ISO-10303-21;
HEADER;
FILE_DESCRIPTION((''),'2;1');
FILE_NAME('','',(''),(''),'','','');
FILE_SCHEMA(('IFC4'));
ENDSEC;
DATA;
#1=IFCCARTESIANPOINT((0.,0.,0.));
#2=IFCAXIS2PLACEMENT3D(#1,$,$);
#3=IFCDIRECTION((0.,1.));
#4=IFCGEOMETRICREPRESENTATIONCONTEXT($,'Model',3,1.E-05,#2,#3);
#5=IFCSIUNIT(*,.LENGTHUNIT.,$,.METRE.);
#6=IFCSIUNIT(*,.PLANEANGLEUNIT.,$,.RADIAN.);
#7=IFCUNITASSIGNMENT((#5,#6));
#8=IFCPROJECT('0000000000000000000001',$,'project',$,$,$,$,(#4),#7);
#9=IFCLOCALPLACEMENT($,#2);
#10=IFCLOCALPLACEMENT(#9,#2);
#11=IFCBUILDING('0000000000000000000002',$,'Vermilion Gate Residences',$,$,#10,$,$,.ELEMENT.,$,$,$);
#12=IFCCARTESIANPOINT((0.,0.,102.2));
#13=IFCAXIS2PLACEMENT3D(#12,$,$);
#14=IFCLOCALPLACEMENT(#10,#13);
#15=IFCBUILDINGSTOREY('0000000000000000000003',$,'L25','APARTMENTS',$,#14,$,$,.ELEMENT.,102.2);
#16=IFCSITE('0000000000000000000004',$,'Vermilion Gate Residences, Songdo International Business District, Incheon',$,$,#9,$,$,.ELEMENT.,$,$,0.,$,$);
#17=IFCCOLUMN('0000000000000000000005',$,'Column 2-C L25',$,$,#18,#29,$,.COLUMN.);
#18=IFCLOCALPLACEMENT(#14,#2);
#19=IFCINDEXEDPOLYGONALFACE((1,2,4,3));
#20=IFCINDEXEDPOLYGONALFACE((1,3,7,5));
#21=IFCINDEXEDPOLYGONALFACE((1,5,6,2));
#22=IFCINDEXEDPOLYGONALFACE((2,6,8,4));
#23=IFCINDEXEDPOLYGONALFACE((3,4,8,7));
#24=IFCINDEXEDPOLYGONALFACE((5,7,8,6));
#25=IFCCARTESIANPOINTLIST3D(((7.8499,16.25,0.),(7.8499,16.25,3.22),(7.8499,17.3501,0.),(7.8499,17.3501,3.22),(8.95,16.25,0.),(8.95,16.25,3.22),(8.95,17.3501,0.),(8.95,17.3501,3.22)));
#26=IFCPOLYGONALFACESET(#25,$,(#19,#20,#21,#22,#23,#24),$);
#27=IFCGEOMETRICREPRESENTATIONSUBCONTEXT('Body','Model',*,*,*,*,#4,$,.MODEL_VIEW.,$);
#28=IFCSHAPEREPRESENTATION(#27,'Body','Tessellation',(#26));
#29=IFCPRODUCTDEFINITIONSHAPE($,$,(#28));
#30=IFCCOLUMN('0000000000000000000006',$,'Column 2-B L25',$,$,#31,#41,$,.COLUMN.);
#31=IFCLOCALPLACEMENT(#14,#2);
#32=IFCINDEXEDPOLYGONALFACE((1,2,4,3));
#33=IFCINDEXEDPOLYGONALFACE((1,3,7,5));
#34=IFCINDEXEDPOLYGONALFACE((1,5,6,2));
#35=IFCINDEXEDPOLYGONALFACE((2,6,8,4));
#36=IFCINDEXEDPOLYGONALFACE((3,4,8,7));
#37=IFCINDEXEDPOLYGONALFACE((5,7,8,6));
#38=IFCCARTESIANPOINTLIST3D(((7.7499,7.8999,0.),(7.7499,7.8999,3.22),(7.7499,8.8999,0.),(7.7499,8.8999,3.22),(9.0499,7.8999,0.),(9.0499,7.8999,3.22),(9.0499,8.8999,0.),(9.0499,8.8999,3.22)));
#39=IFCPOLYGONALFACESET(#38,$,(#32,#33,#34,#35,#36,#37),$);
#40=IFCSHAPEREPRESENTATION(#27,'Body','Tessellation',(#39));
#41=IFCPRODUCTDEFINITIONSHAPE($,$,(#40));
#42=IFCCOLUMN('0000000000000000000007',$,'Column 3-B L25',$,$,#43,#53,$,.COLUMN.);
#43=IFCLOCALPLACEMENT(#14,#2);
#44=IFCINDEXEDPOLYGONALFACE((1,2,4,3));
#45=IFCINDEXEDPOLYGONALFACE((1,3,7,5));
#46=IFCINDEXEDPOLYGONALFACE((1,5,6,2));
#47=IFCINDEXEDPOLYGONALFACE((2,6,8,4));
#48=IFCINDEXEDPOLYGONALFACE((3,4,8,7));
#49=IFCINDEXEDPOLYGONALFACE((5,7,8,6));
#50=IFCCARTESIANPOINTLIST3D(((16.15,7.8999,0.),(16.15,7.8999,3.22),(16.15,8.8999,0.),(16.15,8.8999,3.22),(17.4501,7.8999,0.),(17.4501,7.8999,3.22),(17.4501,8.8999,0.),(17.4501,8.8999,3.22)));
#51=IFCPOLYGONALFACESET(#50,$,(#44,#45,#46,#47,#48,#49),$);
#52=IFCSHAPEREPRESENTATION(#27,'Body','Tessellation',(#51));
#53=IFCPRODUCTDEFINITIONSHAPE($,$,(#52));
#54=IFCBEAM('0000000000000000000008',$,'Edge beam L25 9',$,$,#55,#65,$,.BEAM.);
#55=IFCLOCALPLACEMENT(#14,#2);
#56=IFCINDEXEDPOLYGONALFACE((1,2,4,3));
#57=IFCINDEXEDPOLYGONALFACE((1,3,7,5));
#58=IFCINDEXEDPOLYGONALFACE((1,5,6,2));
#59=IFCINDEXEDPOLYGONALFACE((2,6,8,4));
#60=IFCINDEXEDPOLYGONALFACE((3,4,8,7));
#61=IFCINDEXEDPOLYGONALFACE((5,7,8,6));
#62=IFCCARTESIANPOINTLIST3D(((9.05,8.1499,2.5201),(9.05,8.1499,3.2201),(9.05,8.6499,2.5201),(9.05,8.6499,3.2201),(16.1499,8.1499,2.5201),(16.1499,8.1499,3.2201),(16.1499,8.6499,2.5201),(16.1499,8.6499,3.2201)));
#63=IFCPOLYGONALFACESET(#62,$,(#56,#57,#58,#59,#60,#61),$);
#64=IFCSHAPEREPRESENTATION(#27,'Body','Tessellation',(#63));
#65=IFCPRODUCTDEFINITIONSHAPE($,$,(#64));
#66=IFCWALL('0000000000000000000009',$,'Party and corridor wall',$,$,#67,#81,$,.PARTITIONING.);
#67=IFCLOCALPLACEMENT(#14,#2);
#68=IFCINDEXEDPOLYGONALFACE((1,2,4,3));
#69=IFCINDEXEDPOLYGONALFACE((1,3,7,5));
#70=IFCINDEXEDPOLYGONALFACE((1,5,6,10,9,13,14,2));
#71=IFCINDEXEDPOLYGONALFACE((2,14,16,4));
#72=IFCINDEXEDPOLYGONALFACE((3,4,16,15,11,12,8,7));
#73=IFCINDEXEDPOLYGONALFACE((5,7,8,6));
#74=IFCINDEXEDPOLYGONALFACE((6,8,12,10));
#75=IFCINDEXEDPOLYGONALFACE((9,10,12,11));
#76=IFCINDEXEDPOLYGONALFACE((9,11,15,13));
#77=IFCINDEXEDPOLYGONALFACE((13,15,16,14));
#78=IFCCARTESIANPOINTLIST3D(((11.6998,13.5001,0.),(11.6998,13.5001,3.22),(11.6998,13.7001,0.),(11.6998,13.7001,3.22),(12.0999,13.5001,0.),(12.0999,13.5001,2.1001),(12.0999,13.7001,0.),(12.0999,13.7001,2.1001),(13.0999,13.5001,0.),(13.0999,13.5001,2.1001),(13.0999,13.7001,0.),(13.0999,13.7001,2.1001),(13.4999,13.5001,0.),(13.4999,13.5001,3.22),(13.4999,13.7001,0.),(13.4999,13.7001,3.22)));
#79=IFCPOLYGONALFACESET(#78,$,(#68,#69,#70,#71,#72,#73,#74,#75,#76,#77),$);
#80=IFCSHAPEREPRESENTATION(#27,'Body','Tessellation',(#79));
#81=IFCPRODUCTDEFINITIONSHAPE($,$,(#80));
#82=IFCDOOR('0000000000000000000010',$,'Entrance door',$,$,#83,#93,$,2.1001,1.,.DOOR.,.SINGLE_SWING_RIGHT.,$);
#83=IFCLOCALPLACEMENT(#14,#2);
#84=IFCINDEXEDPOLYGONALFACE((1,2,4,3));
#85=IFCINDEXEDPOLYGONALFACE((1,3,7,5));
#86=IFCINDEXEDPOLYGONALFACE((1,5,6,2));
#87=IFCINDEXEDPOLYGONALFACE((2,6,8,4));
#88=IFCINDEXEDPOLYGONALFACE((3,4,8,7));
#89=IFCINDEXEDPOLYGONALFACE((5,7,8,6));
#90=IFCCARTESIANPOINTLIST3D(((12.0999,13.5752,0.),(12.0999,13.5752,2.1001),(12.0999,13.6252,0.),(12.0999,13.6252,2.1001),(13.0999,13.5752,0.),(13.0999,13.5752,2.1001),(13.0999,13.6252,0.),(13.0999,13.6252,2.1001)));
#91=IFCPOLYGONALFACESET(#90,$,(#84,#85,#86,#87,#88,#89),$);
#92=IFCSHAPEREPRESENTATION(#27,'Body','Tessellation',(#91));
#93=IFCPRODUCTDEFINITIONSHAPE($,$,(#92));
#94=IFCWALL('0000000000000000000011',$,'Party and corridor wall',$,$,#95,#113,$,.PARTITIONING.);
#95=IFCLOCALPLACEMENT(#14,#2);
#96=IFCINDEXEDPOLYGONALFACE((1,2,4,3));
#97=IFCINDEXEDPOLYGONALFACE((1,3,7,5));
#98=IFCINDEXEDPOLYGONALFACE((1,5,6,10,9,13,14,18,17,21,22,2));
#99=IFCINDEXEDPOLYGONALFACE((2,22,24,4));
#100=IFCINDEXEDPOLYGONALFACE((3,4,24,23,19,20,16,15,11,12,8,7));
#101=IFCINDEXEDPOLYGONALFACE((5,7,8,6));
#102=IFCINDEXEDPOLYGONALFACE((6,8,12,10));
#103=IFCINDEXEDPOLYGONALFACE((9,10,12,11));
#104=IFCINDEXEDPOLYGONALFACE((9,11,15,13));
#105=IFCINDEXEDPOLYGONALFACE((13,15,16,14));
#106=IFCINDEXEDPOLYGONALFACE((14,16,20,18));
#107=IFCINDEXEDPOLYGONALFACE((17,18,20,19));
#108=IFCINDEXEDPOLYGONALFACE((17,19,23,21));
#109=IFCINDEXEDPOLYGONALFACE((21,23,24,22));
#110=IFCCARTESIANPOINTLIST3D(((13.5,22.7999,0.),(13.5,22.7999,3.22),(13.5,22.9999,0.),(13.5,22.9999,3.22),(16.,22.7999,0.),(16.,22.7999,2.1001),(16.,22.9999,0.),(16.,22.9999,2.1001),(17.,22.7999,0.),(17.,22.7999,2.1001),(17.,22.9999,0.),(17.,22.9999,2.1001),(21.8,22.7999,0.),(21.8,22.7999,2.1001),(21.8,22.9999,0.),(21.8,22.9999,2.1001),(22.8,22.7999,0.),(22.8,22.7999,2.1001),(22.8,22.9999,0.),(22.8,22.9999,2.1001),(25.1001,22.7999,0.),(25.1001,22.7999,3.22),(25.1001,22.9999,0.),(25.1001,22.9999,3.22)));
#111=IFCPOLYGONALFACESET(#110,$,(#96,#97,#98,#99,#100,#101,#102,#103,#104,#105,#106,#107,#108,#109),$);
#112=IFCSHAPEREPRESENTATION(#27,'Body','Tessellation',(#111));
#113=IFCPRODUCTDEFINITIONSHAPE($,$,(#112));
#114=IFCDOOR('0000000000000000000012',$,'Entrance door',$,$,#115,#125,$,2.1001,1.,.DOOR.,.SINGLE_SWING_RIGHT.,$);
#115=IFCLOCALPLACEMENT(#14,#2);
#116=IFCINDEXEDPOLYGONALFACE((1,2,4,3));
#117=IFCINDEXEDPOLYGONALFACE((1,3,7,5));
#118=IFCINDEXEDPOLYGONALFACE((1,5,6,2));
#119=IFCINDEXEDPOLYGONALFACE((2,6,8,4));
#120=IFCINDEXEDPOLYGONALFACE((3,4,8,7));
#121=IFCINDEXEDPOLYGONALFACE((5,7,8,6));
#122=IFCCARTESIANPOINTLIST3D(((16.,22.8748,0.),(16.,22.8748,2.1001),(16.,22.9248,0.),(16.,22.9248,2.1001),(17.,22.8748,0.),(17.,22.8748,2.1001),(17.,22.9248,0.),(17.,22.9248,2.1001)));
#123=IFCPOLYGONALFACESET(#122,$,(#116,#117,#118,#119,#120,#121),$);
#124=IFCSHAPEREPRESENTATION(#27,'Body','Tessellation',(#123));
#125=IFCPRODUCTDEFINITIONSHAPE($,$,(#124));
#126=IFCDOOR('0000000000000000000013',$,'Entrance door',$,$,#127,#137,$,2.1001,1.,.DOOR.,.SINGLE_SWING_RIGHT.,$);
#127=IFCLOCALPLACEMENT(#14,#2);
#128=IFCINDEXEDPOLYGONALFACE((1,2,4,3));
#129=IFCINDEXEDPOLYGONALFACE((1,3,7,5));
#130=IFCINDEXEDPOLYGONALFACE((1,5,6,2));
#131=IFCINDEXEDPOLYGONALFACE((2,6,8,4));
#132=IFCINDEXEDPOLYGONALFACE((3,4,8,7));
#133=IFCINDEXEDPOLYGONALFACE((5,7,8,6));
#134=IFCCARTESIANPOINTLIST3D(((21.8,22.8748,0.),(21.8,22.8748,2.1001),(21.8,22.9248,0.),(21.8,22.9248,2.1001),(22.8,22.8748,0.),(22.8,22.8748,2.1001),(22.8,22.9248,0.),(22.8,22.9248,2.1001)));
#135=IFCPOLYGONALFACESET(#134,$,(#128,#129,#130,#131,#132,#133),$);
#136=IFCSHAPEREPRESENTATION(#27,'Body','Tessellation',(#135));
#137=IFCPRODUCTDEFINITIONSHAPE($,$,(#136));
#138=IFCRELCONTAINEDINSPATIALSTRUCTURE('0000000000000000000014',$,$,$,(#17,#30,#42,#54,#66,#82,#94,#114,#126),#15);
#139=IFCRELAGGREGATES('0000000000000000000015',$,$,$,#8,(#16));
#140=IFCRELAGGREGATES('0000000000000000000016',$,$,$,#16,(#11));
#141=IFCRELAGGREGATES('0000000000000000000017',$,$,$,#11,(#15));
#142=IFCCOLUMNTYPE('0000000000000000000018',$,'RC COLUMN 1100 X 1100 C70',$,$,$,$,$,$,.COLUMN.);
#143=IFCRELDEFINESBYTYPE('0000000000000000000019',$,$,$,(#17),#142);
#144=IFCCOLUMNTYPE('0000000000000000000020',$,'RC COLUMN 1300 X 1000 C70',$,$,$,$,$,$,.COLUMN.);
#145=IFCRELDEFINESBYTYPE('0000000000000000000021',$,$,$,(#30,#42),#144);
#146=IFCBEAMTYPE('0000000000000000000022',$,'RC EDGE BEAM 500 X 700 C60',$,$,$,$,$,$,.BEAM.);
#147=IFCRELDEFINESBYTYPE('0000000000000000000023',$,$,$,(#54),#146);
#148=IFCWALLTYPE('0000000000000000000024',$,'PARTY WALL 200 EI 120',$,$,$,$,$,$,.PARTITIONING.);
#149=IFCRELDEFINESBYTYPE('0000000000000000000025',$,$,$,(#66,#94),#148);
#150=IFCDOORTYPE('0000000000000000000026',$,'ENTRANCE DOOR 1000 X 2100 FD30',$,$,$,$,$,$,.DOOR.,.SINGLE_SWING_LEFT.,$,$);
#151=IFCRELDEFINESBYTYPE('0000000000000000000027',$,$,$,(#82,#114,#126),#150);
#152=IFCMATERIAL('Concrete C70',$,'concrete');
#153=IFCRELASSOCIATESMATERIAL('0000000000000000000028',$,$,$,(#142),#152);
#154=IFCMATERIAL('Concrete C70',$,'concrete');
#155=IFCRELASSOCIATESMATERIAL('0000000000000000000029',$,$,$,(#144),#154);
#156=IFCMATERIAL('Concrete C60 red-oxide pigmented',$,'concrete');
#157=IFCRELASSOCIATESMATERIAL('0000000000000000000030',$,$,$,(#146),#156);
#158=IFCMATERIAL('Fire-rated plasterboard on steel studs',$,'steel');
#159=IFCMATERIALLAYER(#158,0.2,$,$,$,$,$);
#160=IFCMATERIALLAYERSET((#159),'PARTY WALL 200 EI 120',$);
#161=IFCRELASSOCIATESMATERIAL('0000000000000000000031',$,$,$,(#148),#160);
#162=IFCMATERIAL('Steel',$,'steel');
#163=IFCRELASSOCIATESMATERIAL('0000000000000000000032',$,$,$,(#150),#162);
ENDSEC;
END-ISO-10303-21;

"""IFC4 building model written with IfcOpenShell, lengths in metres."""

from ifc_helpers import new_model, si_unit, direction, frame, frame_2d, origin, origin_2d, place, context, subcontext, project, spatial, rectangle, extrude, material, layer, layer_set, material_profile, profile_set, type_object, element, fill, save


model = new_model("IFC4")

# Units and contexts
model_context = context("Model", 3, precision=1e-05, world=origin(), true_north=direction((0.0, 1.0)))
body_context = subcontext(model_context, "Body", "Model", "MODEL_VIEW")
ifc_project = project(units=[si_unit("LENGTHUNIT", "METRE"), si_unit("PLANEANGLEUNIT", "RADIAN")], contexts=[model_context])

# Site, building, storey
site_placement = place(None, origin())
site = spatial("IfcSite", under=ifc_project, at=site_placement, Name="Vermilion Gate Residences, Songdo International Business District, Incheon", CompositionType="ELEMENT", RefElevation=0.0)
building_placement = place(site_placement, origin())
building = spatial("IfcBuilding", under=site, at=building_placement, Name="Vermilion Gate Residences", CompositionType="ELEMENT")
storey_placement = place(building_placement, frame((0.0, 0.0, 102.2)))
storey = spatial("IfcBuildingStorey", under=building, at=storey_placement, Name="L25", Description="APARTMENTS", CompositionType="ELEMENT", Elevation=102.2)

# Columns
ifc_material_1 = material(Name="Concrete C70", Category="concrete")
ifc_material_profile_1 = material_profile(ifc_material_1, rectangle(XDim=1.1001, YDim=1.1001, at=origin_2d()), Name="RC-1100x1100")
ifc_profile_set_1 = profile_set([ifc_material_profile_1], Name="Concrete C70")
column_type_1 = type_object("IfcColumnType", Name="RC COLUMN 1100 X 1100 C70", PredefinedType="COLUMN", material=ifc_profile_set_1)
column_placement = place(storey_placement, frame((8.3999, 16.8, 0.0), z_axis=(0.0, 0.0, 1.0), x_axis=(1.0, 0.0, 0.0)))
element("IfcColumn", 1, at=column_placement, inside=storey, type_object=column_type_1, Name="Column 2-C L25", PredefinedType="COLUMN", context=body_context, shape_type="SweptSolid", body=[
    extrude(rectangle(XDim=1.1001, YDim=1.1001, at=origin_2d()), origin(), (0.0, 0.0, 1.0), 3.22),
])
ifc_material_2 = material(Name="Concrete C70", Category="concrete")
ifc_material_profile_2 = material_profile(ifc_material_2, rectangle(XDim=1.3, YDim=1.0, at=origin_2d()), Name="RC-1300x1000")
ifc_profile_set_2 = profile_set([ifc_material_profile_2], Name="Concrete C70")
column_type_2 = type_object("IfcColumnType", Name="RC COLUMN 1300 X 1000 C70", PredefinedType="COLUMN", material=ifc_profile_set_2)
for number, where, z_axis, x_axis, name in (
    (2, (8.3999, 8.3999, 0.0), (0.0, 0.0, 1.0), (1.0, 0.0, 0.0), "Column 2-B L25"),
    (3, (16.8, 8.3999, 0.0), (0.0, 0.0, 1.0), (1.0, 0.0, 0.0), "Column 3-B L25"),
):
    element("IfcColumn", number, at=place(storey_placement, frame(where, z_axis=z_axis, x_axis=x_axis)), inside=storey, type_object=column_type_2, Name=name, PredefinedType="COLUMN", context=body_context, shape_type="SweptSolid", body=[
        extrude(rectangle(XDim=1.3, YDim=1.0, at=origin_2d()), origin(), (0.0, 0.0, 1.0), 3.22),
    ])

# Beam
ifc_material_3 = material(Name="Concrete C60 red-oxide pigmented", Category="concrete")
ifc_material_profile_3 = material_profile(ifc_material_3, rectangle(XDim=0.5, YDim=0.7, at=origin_2d()), Name="RC-500x700")
ifc_profile_set_3 = profile_set([ifc_material_profile_3], Name="Concrete C60 red-oxide pigmented")
beam_type = type_object("IfcBeamType", Name="RC EDGE BEAM 500 X 700 C60", PredefinedType="BEAM", material=ifc_profile_set_3)
beam_placement = place(storey_placement, frame((9.05, 8.3999, 2.8701), z_axis=(1.0, 0.0, 0.0), x_axis=(0.0, 1.0, 0.0)))
element("IfcBeam", 4, at=beam_placement, inside=storey, type_object=beam_type, Name="Edge beam L25 9", PredefinedType="BEAM", context=body_context, shape_type="SweptSolid", body=[
    extrude(rectangle(XDim=0.5, YDim=0.7, at=origin_2d()), origin(), (0.0, 0.0, 1.0), 7.0999),
])

# Wall, opening, door
ifc_material_4 = material(Name="Fire-rated plasterboard on steel studs", Category="steel")
ifc_layer_1 = layer(ifc_material_4, 0.2)
ifc_layer_set_1 = layer_set([ifc_layer_1], Name="PARTY WALL 200 EI 120")
wall_type_1 = type_object("IfcWallType", Name="PARTY WALL 200 EI 120", PredefinedType="PARTITIONING", material=ifc_layer_set_1)
wall_1_placement = place(storey_placement, frame((11.7, 13.6001, 0.0), z_axis=(0.0, 0.0, 1.0), x_axis=(1.0, 0.0, 0.0)))
wall_1 = element("IfcWall", 5, at=wall_1_placement, inside=storey, type_object=wall_type_1, Name="Party and corridor wall", PredefinedType="PARTITIONING", context=body_context, shape_type="SweptSolid", body=[
    extrude(rectangle(XDim=1.8, YDim=0.2, at=frame_2d((0.8999, 0.0))), origin(), (0.0, 0.0, 1.0), 3.22),
])
opening_1_placement = place(wall_1_placement, frame((0.3999, 0.0, 0.0)))
opening_1 = element("IfcOpeningElement", 6, at=opening_1_placement, cuts=wall_1, PredefinedType="OPENING", context=body_context, shape_type="SweptSolid", body=[
    extrude(rectangle(XDim=1.0, YDim=2.1001, at=frame_2d((0.5, 1.05))), frame((0.0, 0.1099, 0.0), z_axis=(0.0, -1.0, 0.0), x_axis=(1.0, 0.0, 0.0)), (0.0, 0.0, 1.0), 0.22),
])
ifc_material_5 = material(Name="Steel", Category="steel")
door_type_1 = type_object("IfcDoorType", Name="ENTRANCE DOOR 1000 X 2100 FD30", OperationType="SINGLE_SWING_LEFT", PredefinedType="DOOR", material=ifc_material_5)
door_1_placement = place(opening_1_placement, frame((1.0, 0.0, 0.0), z_axis=(0.0, 0.0, 1.0), x_axis=(-1.0, 0.0, 0.0)))
door_1 = element("IfcDoor", 7, at=door_1_placement, inside=storey, type_object=door_type_1, Name="Entrance door", OperationType="SINGLE_SWING_RIGHT", OverallHeight=2.1001, OverallWidth=1.0, PredefinedType="DOOR", context=body_context, shape_type="SweptSolid", body=[
    extrude(rectangle(XDim=1.0, YDim=2.1001, at=frame_2d((0.5, 1.05))), frame((0.0, 0.0249, 0.0), z_axis=(0.0, -1.0, 0.0), x_axis=(1.0, 0.0, 0.0)), (0.0, 0.0, 1.0), 0.05),
])
fill(opening_1, door_1)

# Wall, openings, doors
wall_2_placement = place(storey_placement, frame((13.5, 22.8999, 0.0), z_axis=(0.0, 0.0, 1.0), x_axis=(1.0, 0.0, 0.0)))
wall_2 = element("IfcWall", 8, at=wall_2_placement, inside=storey, type_object=wall_type_1, Name="Party and corridor wall", PredefinedType="PARTITIONING", context=body_context, shape_type="SweptSolid", body=[
    extrude(rectangle(XDim=11.6001, YDim=0.2, at=frame_2d((5.8, 0.0))), origin(), (0.0, 0.0, 1.0), 3.22),
])
opening_2_placement = place(wall_2_placement, frame((2.5, 0.0, 0.0)))
opening_2 = element("IfcOpeningElement", 9, at=opening_2_placement, cuts=wall_2, PredefinedType="OPENING", context=body_context, shape_type="SweptSolid", body=[
    extrude(rectangle(XDim=1.0, YDim=2.1001, at=frame_2d((0.5, 1.05))), frame((0.0, 0.1099, 0.0), z_axis=(0.0, -1.0, 0.0), x_axis=(1.0, 0.0, 0.0)), (0.0, 0.0, 1.0), 0.22),
])
opening_3_placement = place(wall_2_placement, frame((8.3, 0.0, 0.0)))
opening_3 = element("IfcOpeningElement", 10, at=opening_3_placement, cuts=wall_2, PredefinedType="OPENING", context=body_context, shape_type="SweptSolid", body=[
    extrude(rectangle(XDim=1.0, YDim=2.1001, at=frame_2d((0.5, 1.05))), frame((0.0, 0.1099, 0.0), z_axis=(0.0, -1.0, 0.0), x_axis=(1.0, 0.0, 0.0)), (0.0, 0.0, 1.0), 0.22),
])
door_2_placement = place(opening_2_placement, origin())
door_2 = element("IfcDoor", 11, at=door_2_placement, inside=storey, type_object=door_type_1, Name="Entrance door", OperationType="SINGLE_SWING_RIGHT", OverallHeight=2.1001, OverallWidth=1.0, PredefinedType="DOOR", context=body_context, shape_type="SweptSolid", body=[
    extrude(rectangle(XDim=1.0, YDim=2.1001, at=frame_2d((0.5, 1.05))), frame((0.0, 0.0249, 0.0), z_axis=(0.0, -1.0, 0.0), x_axis=(1.0, 0.0, 0.0)), (0.0, 0.0, 1.0), 0.05),
])
fill(opening_2, door_2)
door_3_placement = place(opening_3_placement, origin())
door_3 = element("IfcDoor", 12, at=door_3_placement, inside=storey, type_object=door_type_1, Name="Entrance door", OperationType="SINGLE_SWING_RIGHT", OverallHeight=2.1001, OverallWidth=1.0, PredefinedType="DOOR", context=body_context, shape_type="SweptSolid", body=[
    extrude(rectangle(XDim=1.0, YDim=2.1001, at=frame_2d((0.5, 1.05))), frame((0.0, 0.0249, 0.0), z_axis=(0.0, -1.0, 0.0), x_axis=(1.0, 0.0, 0.0)), (0.0, 0.0, 1.0), 0.05),
])
fill(opening_3, door_3)

save(model, "model.ifc")
